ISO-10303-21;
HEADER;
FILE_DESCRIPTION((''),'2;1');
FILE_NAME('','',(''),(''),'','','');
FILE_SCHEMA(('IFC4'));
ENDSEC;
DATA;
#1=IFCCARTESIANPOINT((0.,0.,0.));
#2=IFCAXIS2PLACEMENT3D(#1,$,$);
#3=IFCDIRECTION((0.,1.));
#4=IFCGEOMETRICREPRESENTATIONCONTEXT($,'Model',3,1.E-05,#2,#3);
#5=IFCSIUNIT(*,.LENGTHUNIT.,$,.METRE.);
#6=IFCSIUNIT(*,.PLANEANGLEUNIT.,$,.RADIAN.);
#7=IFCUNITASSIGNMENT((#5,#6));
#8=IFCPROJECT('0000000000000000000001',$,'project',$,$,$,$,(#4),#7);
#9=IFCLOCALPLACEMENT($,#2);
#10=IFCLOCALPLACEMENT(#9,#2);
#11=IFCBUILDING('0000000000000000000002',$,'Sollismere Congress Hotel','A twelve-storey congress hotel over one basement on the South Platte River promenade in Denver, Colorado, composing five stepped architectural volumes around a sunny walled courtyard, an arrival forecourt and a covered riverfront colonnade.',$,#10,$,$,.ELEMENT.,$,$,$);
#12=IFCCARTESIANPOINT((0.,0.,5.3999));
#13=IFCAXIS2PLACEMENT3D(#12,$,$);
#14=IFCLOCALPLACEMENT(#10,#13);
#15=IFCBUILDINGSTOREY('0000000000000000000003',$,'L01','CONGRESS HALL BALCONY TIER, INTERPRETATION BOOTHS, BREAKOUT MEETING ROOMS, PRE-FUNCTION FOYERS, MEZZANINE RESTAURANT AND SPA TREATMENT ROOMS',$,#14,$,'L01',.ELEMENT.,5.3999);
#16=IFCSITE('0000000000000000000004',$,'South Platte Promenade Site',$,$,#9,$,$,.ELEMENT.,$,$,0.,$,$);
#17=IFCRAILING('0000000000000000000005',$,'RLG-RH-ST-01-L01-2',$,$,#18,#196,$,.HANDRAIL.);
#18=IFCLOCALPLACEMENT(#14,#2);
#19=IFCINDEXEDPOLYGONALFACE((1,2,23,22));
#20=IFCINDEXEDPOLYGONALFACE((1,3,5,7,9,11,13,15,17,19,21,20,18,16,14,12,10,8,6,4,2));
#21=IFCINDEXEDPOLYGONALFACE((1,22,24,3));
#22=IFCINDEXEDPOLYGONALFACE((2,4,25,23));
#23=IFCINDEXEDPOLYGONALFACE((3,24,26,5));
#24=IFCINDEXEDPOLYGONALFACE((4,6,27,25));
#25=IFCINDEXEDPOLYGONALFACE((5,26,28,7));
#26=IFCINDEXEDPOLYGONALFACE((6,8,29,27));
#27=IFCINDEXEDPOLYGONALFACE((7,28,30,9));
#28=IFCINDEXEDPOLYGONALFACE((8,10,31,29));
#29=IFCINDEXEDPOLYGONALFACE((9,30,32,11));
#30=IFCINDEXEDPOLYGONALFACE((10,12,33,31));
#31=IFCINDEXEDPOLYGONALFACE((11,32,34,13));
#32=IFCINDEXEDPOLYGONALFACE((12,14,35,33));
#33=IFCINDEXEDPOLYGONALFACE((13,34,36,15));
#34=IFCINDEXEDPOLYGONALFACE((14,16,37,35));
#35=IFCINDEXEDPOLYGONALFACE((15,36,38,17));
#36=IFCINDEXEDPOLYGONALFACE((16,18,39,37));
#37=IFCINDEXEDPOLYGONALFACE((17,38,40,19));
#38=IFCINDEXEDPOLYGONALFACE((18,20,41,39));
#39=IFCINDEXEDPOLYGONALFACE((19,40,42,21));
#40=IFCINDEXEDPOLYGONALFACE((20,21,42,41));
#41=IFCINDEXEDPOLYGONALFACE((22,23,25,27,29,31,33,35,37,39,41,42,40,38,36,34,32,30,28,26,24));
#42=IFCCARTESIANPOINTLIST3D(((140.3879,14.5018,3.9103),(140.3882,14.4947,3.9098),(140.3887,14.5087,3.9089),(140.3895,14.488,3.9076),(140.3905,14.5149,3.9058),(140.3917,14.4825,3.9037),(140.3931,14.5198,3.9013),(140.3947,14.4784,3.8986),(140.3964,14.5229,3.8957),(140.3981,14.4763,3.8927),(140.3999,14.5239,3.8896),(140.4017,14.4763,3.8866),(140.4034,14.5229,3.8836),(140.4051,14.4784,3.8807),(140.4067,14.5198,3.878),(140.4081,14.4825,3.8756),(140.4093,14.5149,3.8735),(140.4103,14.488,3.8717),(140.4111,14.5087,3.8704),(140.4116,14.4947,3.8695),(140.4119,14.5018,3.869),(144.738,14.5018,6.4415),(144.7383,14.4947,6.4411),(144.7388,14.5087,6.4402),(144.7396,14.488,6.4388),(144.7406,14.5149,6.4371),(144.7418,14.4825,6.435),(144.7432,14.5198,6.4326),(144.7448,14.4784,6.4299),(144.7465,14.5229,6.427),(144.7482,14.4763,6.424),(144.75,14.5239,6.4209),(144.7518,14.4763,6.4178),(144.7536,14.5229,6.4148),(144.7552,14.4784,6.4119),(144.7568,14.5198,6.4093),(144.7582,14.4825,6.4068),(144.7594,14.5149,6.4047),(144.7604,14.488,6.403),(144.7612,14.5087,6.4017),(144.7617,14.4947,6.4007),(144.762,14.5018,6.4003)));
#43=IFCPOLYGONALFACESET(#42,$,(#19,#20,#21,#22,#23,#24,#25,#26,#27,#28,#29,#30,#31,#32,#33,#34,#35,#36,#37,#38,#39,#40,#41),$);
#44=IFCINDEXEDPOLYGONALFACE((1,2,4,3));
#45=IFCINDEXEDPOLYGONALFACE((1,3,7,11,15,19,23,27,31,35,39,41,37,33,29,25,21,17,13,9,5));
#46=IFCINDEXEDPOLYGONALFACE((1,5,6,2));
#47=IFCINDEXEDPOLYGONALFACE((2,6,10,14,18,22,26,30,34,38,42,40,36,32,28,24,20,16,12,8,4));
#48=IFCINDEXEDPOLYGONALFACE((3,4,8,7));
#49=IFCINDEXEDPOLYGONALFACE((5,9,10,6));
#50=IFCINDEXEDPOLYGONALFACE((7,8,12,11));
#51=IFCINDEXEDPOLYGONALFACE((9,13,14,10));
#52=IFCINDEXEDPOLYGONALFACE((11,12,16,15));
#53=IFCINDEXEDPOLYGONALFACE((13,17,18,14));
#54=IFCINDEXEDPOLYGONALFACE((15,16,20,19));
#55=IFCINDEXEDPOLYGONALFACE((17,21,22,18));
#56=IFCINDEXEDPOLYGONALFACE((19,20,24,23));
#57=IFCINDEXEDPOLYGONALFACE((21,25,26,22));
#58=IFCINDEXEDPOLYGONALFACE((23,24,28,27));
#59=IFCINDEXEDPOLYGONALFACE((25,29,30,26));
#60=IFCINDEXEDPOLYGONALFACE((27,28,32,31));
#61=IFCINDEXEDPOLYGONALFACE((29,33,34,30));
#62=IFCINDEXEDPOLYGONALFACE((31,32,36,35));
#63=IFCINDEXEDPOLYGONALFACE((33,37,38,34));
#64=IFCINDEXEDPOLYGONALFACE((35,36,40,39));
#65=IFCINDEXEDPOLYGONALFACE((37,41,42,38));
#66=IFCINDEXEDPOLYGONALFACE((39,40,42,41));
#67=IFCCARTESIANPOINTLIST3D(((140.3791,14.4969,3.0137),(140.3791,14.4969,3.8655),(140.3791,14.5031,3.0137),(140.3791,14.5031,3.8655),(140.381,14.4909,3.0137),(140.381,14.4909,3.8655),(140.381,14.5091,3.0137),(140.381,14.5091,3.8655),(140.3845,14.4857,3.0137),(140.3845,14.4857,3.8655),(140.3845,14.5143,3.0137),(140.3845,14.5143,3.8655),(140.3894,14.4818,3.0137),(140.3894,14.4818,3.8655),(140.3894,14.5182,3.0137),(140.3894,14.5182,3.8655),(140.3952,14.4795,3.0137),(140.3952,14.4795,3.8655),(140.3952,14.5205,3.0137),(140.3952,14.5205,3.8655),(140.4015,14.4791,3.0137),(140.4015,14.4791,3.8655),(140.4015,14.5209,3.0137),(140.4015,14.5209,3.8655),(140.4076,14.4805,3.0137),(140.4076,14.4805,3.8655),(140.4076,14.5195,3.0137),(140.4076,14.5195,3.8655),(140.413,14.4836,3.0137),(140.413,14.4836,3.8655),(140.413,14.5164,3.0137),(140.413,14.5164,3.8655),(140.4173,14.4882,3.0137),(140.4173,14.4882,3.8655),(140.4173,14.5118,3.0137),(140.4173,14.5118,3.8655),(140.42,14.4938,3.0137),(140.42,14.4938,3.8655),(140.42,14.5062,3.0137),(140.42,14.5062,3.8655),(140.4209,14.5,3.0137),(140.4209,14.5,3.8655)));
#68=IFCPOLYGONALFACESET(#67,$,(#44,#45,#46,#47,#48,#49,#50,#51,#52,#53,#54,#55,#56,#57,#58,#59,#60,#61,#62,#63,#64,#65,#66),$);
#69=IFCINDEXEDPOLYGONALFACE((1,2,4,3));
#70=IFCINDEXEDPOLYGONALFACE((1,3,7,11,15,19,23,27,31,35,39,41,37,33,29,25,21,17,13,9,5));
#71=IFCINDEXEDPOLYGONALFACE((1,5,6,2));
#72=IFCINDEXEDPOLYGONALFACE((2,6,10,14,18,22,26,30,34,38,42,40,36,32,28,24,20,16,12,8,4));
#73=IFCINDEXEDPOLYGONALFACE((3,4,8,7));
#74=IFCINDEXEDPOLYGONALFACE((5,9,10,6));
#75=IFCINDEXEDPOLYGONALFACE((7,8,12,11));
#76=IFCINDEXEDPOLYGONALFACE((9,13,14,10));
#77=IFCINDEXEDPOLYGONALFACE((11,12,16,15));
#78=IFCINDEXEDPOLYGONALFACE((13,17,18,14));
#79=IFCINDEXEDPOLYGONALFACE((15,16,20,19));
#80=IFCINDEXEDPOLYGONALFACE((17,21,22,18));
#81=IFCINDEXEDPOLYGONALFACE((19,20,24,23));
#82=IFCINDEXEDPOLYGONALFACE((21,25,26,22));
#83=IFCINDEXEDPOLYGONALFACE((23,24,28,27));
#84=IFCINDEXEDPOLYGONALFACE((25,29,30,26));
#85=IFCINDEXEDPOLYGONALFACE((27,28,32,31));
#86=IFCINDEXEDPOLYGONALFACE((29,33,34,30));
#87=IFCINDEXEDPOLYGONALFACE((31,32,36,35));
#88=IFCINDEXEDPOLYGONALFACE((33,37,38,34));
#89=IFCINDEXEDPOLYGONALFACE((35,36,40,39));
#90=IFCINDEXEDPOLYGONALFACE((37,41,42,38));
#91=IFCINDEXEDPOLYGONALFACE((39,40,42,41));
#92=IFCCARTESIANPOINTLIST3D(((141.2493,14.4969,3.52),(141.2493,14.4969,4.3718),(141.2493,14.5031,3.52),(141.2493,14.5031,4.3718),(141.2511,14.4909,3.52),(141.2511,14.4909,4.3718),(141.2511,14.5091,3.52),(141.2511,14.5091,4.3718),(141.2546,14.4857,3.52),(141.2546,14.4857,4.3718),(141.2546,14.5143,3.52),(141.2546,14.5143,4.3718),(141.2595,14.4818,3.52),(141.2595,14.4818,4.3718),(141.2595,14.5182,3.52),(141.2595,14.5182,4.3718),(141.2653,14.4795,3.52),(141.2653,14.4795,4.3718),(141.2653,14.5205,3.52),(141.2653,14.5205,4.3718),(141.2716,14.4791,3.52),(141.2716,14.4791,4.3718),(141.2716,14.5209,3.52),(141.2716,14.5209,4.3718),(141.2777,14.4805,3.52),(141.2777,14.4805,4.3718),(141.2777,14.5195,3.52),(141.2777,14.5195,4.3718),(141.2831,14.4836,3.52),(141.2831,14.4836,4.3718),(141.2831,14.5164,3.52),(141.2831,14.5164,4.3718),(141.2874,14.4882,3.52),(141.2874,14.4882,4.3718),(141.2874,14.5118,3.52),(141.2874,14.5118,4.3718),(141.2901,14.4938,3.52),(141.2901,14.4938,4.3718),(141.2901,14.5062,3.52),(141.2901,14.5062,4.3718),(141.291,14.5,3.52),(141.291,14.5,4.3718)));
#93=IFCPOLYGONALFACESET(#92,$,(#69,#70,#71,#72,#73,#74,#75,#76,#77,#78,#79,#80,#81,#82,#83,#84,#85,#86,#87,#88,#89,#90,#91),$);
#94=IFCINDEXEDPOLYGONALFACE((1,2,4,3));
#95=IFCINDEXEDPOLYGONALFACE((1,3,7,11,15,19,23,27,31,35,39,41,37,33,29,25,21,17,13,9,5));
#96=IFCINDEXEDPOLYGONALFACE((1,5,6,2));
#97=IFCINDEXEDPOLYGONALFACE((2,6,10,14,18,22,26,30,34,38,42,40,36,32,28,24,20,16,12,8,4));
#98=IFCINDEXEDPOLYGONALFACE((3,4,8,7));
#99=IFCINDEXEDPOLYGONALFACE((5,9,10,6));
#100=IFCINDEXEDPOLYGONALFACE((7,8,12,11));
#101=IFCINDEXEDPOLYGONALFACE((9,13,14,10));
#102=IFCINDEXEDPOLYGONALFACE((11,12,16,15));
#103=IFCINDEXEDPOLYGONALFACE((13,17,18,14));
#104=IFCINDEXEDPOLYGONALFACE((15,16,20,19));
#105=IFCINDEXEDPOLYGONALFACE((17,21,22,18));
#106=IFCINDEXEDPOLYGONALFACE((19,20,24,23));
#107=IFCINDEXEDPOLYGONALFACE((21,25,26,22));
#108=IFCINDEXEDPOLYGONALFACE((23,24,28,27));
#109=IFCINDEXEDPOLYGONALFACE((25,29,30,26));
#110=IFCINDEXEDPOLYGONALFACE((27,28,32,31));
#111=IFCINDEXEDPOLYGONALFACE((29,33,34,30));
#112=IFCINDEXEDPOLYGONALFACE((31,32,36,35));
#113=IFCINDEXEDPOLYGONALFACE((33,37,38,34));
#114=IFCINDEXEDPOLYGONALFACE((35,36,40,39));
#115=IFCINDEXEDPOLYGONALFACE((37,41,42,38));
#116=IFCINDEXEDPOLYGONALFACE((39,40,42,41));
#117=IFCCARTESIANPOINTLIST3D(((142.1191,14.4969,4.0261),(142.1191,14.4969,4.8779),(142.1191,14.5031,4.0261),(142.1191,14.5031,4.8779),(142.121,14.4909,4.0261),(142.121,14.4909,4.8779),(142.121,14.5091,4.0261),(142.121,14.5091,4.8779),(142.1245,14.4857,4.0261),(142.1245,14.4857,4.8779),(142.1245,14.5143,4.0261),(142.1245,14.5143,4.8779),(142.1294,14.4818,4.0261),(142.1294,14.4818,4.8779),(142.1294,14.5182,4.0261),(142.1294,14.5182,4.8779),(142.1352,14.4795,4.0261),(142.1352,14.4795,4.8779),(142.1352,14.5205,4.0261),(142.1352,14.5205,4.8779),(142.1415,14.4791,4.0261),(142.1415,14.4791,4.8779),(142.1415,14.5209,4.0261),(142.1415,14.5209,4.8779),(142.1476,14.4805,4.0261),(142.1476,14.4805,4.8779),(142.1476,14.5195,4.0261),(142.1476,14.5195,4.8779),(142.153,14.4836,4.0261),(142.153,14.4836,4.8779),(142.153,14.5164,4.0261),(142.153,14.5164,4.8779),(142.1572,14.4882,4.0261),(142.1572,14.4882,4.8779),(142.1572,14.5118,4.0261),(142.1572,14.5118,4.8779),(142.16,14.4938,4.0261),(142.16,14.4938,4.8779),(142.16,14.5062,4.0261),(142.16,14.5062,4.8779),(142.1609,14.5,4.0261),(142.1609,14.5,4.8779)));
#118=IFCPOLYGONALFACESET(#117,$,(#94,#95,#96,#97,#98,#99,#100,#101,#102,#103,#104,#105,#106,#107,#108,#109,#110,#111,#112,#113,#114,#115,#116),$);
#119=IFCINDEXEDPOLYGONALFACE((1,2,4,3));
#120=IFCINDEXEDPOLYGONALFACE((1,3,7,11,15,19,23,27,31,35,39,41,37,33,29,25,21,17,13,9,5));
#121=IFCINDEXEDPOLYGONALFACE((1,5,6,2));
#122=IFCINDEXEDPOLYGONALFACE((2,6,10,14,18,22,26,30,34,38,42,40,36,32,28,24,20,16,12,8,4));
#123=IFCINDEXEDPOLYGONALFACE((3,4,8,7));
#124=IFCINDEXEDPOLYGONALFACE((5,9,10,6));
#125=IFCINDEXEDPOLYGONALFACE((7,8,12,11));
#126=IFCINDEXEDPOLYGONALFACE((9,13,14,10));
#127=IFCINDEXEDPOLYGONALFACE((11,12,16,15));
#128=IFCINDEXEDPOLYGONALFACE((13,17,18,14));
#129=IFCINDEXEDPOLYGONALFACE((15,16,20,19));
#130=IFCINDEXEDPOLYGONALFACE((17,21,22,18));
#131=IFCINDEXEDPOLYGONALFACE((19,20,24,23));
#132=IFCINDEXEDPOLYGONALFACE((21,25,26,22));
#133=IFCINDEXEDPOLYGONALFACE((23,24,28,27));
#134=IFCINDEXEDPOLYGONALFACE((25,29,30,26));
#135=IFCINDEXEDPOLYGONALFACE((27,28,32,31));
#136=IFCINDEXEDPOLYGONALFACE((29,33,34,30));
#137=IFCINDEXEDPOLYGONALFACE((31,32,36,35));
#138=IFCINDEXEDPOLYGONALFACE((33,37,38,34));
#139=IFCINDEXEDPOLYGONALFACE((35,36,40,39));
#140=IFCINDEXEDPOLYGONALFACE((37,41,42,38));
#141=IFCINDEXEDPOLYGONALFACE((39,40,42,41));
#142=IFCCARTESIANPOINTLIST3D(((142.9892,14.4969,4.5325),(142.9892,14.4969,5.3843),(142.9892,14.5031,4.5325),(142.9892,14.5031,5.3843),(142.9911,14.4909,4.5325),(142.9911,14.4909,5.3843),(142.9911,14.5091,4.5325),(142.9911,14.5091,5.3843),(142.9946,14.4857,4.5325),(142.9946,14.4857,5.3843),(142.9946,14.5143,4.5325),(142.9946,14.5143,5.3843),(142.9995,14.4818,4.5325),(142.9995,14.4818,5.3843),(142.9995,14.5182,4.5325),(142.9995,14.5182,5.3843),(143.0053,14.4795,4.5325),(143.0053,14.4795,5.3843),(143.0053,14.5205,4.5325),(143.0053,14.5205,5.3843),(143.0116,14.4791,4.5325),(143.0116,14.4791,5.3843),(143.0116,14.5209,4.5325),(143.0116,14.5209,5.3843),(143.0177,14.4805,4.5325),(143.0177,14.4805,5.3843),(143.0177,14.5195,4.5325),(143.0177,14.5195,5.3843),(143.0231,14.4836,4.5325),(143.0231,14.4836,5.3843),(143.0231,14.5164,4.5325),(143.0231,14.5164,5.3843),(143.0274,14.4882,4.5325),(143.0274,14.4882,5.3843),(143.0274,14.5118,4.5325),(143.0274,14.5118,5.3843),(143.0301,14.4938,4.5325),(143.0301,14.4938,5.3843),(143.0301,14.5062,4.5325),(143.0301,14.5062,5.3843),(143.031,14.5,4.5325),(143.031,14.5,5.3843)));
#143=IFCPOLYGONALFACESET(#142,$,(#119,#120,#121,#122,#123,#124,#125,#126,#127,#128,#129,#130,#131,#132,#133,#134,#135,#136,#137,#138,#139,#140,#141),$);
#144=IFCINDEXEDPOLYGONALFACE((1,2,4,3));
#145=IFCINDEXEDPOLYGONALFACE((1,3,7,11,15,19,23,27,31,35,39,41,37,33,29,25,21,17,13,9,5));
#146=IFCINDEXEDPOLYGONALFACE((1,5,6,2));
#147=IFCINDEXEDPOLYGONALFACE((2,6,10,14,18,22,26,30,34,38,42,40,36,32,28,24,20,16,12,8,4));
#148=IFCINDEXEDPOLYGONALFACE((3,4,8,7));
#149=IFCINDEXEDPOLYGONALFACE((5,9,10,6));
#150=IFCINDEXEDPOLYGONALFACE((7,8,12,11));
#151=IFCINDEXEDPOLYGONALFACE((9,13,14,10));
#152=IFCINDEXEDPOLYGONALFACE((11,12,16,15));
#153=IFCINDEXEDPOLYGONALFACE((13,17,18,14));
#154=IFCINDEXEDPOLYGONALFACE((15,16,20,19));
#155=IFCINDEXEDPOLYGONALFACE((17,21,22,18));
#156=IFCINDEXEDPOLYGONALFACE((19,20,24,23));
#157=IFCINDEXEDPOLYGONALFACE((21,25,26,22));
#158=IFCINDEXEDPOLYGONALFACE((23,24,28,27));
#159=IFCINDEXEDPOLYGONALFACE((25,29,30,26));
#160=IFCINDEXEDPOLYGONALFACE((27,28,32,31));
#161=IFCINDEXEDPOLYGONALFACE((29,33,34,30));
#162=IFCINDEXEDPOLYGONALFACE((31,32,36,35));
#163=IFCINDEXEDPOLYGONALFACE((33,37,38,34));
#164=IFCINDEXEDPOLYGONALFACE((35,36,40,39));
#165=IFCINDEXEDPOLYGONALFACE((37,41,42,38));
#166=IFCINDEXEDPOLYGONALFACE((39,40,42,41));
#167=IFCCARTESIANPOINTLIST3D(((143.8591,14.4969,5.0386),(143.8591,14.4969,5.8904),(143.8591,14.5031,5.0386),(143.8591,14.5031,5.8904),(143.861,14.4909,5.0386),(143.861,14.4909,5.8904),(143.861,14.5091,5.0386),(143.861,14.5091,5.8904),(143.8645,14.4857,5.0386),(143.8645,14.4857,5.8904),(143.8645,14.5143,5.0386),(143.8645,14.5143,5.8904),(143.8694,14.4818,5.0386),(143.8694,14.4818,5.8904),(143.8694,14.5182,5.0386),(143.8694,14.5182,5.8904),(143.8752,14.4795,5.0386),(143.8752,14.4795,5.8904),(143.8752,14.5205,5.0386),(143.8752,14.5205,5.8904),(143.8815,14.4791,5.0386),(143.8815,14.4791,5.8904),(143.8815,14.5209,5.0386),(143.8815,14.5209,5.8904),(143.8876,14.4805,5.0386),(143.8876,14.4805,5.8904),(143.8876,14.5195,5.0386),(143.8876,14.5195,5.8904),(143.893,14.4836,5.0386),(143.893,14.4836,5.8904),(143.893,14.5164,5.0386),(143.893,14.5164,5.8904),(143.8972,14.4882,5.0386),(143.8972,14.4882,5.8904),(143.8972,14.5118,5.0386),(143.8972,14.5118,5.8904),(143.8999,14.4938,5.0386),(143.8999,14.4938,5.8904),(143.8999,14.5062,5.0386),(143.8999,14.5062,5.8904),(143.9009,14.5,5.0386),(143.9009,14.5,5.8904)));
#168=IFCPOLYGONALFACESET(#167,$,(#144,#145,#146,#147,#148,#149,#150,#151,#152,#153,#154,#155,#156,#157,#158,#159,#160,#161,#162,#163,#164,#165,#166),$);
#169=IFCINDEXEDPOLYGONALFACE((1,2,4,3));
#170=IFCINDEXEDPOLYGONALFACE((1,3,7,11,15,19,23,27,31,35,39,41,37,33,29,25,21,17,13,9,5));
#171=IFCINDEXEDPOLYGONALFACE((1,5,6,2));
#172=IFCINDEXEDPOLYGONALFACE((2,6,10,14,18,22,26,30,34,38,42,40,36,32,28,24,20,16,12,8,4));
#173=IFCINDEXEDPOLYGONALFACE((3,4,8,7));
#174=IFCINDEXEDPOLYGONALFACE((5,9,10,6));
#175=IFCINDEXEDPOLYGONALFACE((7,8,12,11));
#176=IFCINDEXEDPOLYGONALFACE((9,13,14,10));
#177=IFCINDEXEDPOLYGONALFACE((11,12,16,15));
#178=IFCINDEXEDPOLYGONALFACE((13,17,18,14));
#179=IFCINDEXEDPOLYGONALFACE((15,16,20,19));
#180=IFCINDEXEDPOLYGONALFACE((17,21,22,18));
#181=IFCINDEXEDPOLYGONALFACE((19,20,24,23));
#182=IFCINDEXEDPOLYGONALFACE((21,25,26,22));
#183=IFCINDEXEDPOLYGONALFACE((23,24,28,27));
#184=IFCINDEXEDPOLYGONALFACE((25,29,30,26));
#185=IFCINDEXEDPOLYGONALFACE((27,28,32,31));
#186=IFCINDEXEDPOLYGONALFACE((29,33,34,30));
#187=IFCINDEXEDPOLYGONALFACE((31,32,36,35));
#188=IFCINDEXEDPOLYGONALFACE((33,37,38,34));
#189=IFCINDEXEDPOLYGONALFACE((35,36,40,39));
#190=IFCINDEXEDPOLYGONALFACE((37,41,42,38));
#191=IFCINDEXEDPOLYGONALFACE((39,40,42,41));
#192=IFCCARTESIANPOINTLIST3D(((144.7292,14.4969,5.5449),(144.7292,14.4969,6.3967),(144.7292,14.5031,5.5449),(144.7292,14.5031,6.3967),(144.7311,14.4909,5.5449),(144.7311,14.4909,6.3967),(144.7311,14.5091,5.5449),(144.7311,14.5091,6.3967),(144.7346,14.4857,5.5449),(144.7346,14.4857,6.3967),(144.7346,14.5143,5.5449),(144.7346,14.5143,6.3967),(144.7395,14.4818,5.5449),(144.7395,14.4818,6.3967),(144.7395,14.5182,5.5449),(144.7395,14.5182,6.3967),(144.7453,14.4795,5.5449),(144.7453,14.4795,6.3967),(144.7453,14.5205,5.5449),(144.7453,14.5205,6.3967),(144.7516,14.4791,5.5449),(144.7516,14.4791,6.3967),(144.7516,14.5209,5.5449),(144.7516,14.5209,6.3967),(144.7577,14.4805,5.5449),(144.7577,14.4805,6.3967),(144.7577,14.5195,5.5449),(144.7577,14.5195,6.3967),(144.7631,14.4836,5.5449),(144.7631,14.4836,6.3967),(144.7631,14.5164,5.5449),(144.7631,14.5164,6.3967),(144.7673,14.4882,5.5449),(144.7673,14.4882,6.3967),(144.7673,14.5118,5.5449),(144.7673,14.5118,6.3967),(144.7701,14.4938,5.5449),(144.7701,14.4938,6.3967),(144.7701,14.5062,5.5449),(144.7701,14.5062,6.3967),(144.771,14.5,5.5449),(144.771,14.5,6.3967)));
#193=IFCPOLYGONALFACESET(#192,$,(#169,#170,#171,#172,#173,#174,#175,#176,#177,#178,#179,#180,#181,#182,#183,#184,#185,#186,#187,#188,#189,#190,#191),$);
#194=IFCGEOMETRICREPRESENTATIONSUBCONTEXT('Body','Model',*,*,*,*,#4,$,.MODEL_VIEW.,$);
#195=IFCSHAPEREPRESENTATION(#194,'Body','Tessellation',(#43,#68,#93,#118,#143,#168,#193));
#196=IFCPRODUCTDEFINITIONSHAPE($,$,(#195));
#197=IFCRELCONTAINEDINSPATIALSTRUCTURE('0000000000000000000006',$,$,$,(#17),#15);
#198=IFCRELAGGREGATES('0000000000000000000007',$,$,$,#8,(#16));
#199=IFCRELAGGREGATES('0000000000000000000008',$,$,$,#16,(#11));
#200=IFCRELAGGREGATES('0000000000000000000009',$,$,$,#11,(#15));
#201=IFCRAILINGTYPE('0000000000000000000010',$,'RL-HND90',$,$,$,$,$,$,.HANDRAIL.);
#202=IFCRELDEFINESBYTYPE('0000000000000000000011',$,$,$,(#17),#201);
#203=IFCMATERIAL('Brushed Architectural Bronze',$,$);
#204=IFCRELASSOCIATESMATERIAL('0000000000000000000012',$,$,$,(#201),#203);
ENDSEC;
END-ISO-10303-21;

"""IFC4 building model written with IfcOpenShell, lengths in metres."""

from ifc_helpers import new_model, si_unit, direction, frame, origin, origin_2d, place, context, subcontext, project, spatial, circle, extrude, material, type_object, element, save


model = new_model("IFC4")

# Units and contexts
model_context = context("Model", 3, precision=1e-05, world=origin(), true_north=direction((0.0, 1.0)))
body_context = subcontext(model_context, "Body", "Model", "MODEL_VIEW")
ifc_project = project(units=[si_unit("LENGTHUNIT", "METRE"), si_unit("PLANEANGLEUNIT", "RADIAN")], contexts=[model_context])

# Site, building, storey
site_placement = place(None, origin())
site = spatial("IfcSite", under=ifc_project, at=site_placement, Name="South Platte Promenade Site", CompositionType="ELEMENT", RefElevation=0.0)
building_placement = place(site_placement, origin())
building = spatial("IfcBuilding", under=site, at=building_placement, Name="Sollismere Congress Hotel", Description="A twelve-storey congress hotel over one basement on the South Platte River promenade in Denver, Colorado, composing five stepped architectural volumes around a sunny walled courtyard, an arrival forecourt and a covered riverfront colonnade.", CompositionType="ELEMENT")
storey_placement = place(building_placement, frame((0.0, 0.0, 5.3999)))
storey = spatial("IfcBuildingStorey", under=building, at=storey_placement, Name="L01", Description="CONGRESS HALL BALCONY TIER, INTERPRETATION BOOTHS, BREAKOUT MEETING ROOMS, PRE-FUNCTION FOYERS, MEZZANINE RESTAURANT AND SPA TREATMENT ROOMS", LongName="L01", CompositionType="ELEMENT", Elevation=5.3999)

# Railing
ifc_material_1 = material(Name="Brushed Architectural Bronze")
railing_type_1 = type_object("IfcRailingType", Name="RL-HND90", PredefinedType="HANDRAIL", material=ifc_material_1)
railing_1_placement = place(storey_placement, frame((140.3999, 14.5, 3.0137)))
element("IfcRailing", 1, at=railing_1_placement, inside=storey, type_object=railing_type_1, Name="RLG-RH-ST-01-L01-2", PredefinedType="HANDRAIL", context=body_context, shape_type="SweptSolid", body=[
    extrude(circle(Radius=0.0239, at=origin_2d()), frame((0.0, 0.0, 0.876), z_axis=(0.864324, 0.0, 0.502936), x_axis=(0.0, 1.0, 0.0)), (0.0, 0.0, 1.0), 5.033),
    extrude(circle(Radius=0.021, at=origin_2d()), origin(), (0.0, 0.0, 1.0), 0.8518),
    extrude(circle(Radius=0.021, at=origin_2d()), frame((0.8701, 0.0, 0.5063)), (0.0, 0.0, 1.0), 0.8518),
    extrude(circle(Radius=0.021, at=origin_2d()), frame((1.74, 0.0, 1.0125)), (0.0, 0.0, 1.0), 0.8518),
    extrude(circle(Radius=0.021, at=origin_2d()), frame((2.6101, 0.0, 1.5188)), (0.0, 0.0, 1.0), 0.8518),
    extrude(circle(Radius=0.021, at=origin_2d()), frame((3.48, 0.0, 2.0249)), (0.0, 0.0, 1.0), 0.8518),
    extrude(circle(Radius=0.021, at=origin_2d()), frame((4.3501, 0.0, 2.5312)), (0.0, 0.0, 1.0), 0.8518),
])

save(model, "model.ifc")
